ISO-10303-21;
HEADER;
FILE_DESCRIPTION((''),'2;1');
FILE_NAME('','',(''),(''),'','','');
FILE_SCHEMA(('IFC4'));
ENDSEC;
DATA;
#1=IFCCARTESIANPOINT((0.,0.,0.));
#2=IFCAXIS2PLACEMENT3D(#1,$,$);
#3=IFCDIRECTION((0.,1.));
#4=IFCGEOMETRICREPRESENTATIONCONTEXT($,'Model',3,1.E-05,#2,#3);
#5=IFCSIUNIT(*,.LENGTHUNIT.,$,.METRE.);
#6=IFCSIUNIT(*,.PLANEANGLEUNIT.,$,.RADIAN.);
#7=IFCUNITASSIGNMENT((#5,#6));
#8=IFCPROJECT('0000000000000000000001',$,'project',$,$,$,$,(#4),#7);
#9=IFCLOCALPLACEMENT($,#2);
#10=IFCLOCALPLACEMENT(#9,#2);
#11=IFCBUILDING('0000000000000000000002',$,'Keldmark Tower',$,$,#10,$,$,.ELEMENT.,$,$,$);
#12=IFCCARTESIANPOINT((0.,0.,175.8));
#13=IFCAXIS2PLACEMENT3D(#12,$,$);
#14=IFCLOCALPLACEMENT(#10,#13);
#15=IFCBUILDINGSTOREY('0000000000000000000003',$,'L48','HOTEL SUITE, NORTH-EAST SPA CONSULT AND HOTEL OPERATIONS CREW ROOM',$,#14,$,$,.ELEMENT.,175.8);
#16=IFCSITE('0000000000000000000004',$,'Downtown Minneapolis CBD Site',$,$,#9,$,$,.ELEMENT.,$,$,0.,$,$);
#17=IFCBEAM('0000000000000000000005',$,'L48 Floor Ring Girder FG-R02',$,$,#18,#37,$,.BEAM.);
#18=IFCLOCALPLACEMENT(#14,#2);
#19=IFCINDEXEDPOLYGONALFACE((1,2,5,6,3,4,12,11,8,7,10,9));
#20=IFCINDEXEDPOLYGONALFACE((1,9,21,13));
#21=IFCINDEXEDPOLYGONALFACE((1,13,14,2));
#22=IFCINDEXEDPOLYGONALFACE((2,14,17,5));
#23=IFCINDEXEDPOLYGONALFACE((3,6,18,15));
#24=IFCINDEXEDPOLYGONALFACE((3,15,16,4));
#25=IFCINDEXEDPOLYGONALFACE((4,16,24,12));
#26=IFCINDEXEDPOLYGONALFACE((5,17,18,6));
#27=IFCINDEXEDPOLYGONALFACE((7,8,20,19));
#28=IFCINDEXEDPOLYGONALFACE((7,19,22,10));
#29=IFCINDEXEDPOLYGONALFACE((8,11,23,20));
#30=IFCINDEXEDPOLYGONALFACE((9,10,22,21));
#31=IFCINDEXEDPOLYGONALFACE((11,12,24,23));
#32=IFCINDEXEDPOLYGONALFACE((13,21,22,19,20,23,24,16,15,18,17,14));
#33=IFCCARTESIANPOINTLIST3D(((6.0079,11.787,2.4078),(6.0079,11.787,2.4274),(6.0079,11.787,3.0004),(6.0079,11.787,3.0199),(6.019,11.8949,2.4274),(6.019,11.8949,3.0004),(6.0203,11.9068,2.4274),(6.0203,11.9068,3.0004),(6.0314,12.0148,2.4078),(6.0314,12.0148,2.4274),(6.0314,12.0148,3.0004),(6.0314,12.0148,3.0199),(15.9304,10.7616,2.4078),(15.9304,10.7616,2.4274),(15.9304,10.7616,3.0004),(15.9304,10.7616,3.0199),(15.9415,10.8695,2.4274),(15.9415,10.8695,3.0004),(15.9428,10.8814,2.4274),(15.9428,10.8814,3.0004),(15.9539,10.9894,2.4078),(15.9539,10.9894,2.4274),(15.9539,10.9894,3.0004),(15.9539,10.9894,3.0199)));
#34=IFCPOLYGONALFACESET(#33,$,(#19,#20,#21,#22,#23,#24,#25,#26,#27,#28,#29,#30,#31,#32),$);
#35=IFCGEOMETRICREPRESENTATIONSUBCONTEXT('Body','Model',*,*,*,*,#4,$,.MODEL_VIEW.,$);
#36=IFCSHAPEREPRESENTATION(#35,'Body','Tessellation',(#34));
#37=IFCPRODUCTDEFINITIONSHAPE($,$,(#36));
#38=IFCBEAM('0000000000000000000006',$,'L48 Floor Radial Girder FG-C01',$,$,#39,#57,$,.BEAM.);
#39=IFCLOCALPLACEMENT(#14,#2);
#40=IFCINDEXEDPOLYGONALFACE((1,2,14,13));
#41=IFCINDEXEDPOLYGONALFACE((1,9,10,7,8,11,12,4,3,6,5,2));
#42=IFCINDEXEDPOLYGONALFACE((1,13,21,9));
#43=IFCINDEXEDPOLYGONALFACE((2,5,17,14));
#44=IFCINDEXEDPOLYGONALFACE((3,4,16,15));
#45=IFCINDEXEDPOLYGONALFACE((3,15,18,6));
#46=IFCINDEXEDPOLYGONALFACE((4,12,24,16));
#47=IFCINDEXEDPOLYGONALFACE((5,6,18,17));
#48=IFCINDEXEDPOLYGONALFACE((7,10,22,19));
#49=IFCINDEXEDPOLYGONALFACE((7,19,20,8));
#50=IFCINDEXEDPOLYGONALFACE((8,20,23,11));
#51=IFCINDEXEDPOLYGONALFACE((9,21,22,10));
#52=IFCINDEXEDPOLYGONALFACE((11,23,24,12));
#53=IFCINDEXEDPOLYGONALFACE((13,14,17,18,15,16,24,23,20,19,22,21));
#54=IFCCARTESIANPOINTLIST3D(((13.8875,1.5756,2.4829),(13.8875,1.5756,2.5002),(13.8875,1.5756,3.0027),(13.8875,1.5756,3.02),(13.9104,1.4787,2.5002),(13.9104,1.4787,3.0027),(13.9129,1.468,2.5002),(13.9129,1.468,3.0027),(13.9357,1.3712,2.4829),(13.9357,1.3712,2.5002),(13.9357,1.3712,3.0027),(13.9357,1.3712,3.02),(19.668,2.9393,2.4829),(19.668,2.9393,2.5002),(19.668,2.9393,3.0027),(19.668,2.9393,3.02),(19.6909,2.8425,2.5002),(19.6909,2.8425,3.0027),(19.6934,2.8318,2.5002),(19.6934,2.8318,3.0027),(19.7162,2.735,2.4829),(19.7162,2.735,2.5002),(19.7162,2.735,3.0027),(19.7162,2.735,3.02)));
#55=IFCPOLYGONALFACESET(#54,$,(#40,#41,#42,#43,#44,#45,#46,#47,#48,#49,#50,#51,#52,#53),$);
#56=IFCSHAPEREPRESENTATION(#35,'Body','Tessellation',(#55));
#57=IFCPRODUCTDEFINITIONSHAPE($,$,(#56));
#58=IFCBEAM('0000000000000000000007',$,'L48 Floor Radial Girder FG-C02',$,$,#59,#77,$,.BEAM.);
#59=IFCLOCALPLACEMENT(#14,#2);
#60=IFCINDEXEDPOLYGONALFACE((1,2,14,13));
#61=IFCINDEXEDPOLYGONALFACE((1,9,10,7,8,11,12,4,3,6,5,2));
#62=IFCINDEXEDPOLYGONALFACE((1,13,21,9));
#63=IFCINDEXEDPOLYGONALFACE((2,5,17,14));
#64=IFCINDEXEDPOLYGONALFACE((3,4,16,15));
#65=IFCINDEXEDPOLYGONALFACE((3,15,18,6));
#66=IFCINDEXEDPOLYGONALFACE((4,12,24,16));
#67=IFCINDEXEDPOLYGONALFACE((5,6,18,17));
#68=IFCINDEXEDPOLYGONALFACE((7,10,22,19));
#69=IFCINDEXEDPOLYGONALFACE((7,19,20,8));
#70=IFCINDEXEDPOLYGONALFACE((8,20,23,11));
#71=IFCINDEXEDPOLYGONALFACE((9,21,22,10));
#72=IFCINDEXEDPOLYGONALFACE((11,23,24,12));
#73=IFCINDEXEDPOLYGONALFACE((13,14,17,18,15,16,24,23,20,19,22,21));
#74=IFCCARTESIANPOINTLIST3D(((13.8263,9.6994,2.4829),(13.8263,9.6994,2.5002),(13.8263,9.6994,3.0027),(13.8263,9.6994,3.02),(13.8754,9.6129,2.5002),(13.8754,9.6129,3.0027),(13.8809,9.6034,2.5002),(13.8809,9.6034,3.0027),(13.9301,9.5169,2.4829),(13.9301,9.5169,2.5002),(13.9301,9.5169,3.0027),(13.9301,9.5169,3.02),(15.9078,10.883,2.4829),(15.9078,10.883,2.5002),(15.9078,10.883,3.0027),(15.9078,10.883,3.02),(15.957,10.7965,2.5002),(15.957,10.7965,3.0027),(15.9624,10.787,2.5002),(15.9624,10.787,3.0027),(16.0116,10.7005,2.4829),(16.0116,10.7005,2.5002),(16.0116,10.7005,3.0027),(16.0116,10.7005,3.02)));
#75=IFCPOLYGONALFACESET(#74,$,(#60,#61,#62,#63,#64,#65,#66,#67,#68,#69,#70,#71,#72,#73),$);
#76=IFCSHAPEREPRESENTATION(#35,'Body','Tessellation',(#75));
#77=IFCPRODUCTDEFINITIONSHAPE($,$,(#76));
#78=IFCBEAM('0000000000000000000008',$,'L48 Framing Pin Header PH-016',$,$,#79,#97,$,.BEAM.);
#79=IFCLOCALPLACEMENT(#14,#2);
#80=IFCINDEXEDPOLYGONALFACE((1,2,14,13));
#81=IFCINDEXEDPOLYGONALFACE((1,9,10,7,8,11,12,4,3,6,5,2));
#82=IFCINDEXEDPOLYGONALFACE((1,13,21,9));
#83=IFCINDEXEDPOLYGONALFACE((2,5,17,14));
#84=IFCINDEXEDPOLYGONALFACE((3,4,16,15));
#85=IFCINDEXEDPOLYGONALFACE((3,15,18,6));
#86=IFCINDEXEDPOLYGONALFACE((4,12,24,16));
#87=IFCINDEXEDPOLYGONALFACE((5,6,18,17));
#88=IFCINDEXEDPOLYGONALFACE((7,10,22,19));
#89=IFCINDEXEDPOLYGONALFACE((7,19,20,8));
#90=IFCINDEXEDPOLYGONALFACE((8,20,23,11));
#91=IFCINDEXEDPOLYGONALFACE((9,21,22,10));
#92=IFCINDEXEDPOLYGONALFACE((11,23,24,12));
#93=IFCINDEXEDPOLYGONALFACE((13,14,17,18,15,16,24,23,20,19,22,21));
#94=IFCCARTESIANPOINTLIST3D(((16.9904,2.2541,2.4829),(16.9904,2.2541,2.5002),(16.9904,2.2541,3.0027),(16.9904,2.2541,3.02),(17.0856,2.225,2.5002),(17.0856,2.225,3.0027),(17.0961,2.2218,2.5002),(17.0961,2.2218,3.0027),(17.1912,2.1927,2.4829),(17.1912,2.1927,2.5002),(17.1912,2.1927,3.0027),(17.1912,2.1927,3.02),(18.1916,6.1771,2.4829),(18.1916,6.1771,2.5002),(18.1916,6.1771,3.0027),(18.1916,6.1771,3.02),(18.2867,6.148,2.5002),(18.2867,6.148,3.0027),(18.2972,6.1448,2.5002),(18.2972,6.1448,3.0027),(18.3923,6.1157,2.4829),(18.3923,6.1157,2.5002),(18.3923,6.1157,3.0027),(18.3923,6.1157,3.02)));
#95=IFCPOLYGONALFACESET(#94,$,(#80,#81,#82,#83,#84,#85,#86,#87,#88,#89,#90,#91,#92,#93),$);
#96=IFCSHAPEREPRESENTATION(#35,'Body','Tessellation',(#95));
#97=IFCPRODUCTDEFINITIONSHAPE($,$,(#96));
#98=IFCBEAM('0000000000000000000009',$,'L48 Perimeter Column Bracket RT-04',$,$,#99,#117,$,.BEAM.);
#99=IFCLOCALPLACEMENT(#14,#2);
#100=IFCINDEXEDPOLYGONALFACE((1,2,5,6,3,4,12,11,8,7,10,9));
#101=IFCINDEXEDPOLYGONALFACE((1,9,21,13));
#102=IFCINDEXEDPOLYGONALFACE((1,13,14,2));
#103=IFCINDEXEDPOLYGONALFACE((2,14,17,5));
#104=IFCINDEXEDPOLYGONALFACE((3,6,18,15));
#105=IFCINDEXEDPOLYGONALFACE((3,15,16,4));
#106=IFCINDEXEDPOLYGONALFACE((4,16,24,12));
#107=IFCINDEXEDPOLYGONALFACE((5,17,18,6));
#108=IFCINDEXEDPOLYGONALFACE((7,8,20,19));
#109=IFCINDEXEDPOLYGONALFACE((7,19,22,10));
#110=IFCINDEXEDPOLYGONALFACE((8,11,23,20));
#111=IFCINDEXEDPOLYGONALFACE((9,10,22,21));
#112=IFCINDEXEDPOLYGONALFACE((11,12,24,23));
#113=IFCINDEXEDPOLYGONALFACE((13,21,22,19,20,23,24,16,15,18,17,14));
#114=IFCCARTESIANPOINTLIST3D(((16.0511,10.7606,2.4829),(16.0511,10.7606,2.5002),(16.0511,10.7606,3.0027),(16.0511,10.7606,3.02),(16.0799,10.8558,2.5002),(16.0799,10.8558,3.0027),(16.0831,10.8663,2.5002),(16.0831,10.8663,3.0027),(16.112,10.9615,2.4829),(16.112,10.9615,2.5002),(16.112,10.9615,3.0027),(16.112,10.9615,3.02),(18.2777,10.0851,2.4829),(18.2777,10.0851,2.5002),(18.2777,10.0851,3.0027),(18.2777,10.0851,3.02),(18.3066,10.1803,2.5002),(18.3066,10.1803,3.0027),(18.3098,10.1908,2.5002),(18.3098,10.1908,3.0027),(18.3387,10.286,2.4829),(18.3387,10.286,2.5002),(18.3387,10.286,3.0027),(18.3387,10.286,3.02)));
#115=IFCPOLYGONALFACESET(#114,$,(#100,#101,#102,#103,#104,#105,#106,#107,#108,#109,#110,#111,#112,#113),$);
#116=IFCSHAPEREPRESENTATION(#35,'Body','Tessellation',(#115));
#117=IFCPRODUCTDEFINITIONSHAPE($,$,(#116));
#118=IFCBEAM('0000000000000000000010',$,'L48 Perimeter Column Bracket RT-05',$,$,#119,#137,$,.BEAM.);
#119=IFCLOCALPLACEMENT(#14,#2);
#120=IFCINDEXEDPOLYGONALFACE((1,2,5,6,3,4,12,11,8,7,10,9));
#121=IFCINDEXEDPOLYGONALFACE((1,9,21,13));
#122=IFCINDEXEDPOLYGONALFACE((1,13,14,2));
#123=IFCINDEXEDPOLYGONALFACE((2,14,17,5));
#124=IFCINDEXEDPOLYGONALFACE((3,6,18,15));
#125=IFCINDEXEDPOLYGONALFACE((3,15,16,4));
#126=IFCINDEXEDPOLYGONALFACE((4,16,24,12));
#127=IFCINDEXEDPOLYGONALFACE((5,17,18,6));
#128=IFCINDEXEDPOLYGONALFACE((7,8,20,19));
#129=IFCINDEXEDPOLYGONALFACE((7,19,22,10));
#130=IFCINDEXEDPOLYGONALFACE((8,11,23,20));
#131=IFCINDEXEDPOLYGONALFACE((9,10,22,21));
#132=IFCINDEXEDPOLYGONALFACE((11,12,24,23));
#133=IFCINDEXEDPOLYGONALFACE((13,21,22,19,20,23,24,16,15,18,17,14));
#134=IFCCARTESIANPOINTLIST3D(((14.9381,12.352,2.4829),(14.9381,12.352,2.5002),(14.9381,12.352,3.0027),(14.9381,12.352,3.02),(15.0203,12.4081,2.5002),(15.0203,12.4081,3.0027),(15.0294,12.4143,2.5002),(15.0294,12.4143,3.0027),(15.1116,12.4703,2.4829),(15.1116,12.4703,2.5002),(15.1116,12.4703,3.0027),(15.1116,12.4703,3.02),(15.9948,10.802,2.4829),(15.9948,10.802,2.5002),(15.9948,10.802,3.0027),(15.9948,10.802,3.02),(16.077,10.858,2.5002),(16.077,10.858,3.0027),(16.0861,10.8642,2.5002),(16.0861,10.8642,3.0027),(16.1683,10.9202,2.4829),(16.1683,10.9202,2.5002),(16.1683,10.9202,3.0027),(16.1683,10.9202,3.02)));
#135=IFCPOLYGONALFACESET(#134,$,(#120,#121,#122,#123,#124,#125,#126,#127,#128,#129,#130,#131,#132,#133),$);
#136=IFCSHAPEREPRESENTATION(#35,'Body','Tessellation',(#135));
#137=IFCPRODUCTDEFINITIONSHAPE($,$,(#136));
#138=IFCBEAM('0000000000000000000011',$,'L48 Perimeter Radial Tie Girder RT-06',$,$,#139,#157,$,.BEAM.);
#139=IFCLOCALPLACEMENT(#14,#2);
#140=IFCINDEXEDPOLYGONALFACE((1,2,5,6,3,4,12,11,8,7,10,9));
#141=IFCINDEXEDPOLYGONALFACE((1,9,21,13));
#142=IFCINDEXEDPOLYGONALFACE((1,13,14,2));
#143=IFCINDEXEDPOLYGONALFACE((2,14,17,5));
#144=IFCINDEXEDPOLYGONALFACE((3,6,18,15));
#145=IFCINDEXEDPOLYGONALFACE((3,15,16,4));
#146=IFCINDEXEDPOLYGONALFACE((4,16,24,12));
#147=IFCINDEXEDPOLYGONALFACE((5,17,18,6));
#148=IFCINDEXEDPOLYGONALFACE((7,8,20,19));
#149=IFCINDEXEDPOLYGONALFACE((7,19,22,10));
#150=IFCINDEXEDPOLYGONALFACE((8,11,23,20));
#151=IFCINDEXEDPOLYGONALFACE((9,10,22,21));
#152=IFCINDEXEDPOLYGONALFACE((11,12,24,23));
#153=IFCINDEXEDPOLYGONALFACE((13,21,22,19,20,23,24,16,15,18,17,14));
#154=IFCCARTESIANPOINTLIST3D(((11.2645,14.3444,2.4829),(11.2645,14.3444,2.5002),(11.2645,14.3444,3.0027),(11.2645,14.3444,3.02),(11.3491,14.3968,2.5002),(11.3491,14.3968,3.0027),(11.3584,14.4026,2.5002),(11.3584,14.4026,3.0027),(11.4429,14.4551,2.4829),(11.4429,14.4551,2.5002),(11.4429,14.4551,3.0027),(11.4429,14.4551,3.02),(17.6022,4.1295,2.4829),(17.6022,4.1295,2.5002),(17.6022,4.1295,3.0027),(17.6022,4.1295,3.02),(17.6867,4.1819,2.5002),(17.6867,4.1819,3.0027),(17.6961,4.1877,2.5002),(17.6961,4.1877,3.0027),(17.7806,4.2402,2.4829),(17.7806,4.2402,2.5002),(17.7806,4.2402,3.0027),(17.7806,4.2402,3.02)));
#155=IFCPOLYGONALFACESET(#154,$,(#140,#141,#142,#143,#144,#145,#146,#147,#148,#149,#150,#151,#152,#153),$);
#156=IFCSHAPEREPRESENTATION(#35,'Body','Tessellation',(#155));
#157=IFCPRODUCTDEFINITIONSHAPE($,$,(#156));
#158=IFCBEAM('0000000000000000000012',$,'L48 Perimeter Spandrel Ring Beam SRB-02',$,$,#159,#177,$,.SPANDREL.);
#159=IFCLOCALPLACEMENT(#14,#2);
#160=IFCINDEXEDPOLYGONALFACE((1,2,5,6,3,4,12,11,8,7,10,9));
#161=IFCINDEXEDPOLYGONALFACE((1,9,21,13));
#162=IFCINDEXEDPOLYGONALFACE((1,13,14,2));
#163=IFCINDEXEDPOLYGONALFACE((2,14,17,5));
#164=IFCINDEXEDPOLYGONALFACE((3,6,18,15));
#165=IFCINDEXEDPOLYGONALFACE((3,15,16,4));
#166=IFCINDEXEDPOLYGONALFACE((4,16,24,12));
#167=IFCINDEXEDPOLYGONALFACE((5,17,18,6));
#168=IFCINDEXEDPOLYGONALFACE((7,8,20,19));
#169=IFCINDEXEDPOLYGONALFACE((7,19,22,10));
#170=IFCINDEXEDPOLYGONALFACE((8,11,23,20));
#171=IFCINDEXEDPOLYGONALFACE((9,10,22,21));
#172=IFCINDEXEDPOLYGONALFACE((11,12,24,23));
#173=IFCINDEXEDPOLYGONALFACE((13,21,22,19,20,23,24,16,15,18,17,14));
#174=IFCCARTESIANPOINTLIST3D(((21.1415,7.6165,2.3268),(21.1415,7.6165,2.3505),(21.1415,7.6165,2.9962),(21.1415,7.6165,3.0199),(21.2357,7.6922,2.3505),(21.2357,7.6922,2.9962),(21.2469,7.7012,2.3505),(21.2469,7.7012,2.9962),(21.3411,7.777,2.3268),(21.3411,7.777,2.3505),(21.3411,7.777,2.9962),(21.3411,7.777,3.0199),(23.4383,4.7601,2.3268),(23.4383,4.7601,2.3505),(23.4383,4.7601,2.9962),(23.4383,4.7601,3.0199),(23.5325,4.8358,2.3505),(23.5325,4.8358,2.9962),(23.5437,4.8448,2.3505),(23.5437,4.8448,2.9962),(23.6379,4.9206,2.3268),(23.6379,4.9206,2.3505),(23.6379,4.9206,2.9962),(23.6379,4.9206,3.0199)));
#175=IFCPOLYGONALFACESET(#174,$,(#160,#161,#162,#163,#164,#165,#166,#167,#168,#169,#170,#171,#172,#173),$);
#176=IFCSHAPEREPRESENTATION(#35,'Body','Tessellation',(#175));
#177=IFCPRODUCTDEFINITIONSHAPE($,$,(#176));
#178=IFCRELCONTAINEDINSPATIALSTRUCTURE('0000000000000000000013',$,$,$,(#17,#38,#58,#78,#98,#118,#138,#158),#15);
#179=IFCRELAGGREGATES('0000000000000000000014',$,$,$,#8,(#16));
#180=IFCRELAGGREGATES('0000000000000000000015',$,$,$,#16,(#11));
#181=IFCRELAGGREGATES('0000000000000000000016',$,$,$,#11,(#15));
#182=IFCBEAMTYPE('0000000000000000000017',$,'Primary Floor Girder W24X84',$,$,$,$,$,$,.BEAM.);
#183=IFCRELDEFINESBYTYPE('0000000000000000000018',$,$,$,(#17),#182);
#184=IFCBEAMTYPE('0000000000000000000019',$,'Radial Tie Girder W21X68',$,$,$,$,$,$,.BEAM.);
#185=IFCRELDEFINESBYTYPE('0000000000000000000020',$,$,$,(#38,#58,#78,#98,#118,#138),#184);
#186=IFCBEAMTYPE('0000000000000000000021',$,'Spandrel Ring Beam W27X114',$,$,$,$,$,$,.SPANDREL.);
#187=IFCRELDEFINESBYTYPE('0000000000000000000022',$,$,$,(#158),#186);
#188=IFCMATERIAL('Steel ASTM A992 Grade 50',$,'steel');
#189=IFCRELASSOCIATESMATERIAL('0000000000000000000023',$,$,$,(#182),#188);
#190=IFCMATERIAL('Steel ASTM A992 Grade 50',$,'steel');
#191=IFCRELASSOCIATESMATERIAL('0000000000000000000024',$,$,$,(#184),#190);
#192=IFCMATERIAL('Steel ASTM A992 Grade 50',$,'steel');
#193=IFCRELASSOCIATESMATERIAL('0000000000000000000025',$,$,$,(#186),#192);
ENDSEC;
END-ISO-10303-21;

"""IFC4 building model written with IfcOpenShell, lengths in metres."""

from ifc_helpers import new_model, si_unit, direction, frame, origin, origin_2d, place, context, subcontext, project, spatial, i_section, extrude, material, material_profile, profile_set, type_object, element, save


model = new_model("IFC4")

# Units and contexts
model_context = context("Model", 3, precision=1e-05, world=origin(), true_north=direction((0.0, 1.0)))
body_context = subcontext(model_context, "Body", "Model", "MODEL_VIEW")
ifc_project = project(units=[si_unit("LENGTHUNIT", "METRE"), si_unit("PLANEANGLEUNIT", "RADIAN")], contexts=[model_context])

# Site, building, storey
site_placement = place(None, origin())
site = spatial("IfcSite", under=ifc_project, at=site_placement, Name="Downtown Minneapolis CBD Site", CompositionType="ELEMENT", RefElevation=0.0)
building_placement = place(site_placement, origin())
building = spatial("IfcBuilding", under=site, at=building_placement, Name="Keldmark Tower", CompositionType="ELEMENT")
storey_placement = place(building_placement, frame((0.0, 0.0, 175.8)))
storey = spatial("IfcBuildingStorey", under=building, at=storey_placement, Name="L48", Description="HOTEL SUITE, NORTH-EAST SPA CONSULT AND HOTEL OPERATIONS CREW ROOM", CompositionType="ELEMENT", Elevation=175.8)

# Beams
ifc_material_1 = material(Name="Steel ASTM A992 Grade 50", Category="steel")
ifc_material_profile_1 = material_profile(ifc_material_1, i_section(OverallWidth=0.229, OverallDepth=0.6121, WebThickness=0.012, FlangeThickness=0.0195, at=origin_2d()), Name="W24X84")
ifc_profile_set_1 = profile_set([ifc_material_profile_1], Name="Steel ASTM A992 Grade 50")
beam_type_1 = type_object("IfcBeamType", Name="Primary Floor Girder W24X84", PredefinedType="BEAM", material=ifc_profile_set_1)
beam_1_placement = place(storey_placement, frame((15.9421, 10.8755, 2.7139), z_axis=(-0.994703, 0.102791, 0.0), x_axis=(-0.102791, -0.994703, 0.0)))
element("IfcBeam", 1, at=beam_1_placement, inside=storey, type_object=beam_type_1, Name="L48 Floor Ring Girder FG-R02", PredefinedType="BEAM", context=body_context, shape_type="SweptSolid", body=[
    extrude(i_section(OverallWidth=0.229, OverallDepth=0.6121, WebThickness=0.012, FlangeThickness=0.0195, at=origin_2d()), origin(), (0.0, 0.0, 1.0), 9.9753),
])
ifc_material_2 = material(Name="Steel ASTM A992 Grade 50", Category="steel")
ifc_material_profile_2 = material_profile(ifc_material_2, i_section(OverallWidth=0.21, OverallDepth=0.5371, WebThickness=0.011, FlangeThickness=0.0173, at=origin_2d()), Name="W21X68")
ifc_profile_set_2 = profile_set([ifc_material_profile_2], Name="Steel ASTM A992 Grade 50")
beam_type_2 = type_object("IfcBeamType", Name="Radial Tie Girder W21X68", PredefinedType="BEAM", material=ifc_profile_set_2)
beam_2_placement = place(storey_placement, frame((19.6921, 2.8372, 2.7515), z_axis=(-0.97328, -0.229621, 0.0), x_axis=(0.229621, -0.97328, 0.0)))
element("IfcBeam", 2, at=beam_2_placement, inside=storey, type_object=beam_type_2, Name="L48 Floor Radial Girder FG-C01", PredefinedType="BEAM", context=body_context, shape_type="SweptSolid", body=[
    extrude(i_section(OverallWidth=0.21, OverallDepth=0.5371, WebThickness=0.011, FlangeThickness=0.0173, at=origin_2d()), origin(), (0.0, 0.0, 1.0), 5.9392),
])
beam_3_placement = place(storey_placement, frame((15.9597, 10.7917, 2.7515), z_axis=(-0.869295, -0.494293, 0.0), x_axis=(0.494293, -0.869295, 0.0)))
element("IfcBeam", 3, at=beam_3_placement, inside=storey, type_object=beam_type_2, Name="L48 Floor Radial Girder FG-C02", PredefinedType="BEAM", context=body_context, shape_type="SweptSolid", body=[
    extrude(i_section(OverallWidth=0.21, OverallDepth=0.5371, WebThickness=0.011, FlangeThickness=0.0173, at=origin_2d()), origin(), (0.0, 0.0, 1.0), 2.3945),
])
beam_4_placement = place(storey_placement, frame((17.0908, 2.2234, 2.7515), z_axis=(0.292764, 0.956185, 0.0), x_axis=(-0.956185, 0.292764, 0.0)))
element("IfcBeam", 4, at=beam_4_placement, inside=storey, type_object=beam_type_2, Name="L48 Framing Pin Header PH-016", PredefinedType="BEAM", context=body_context, shape_type="SweptSolid", body=[
    extrude(i_section(OverallWidth=0.21, OverallDepth=0.5371, WebThickness=0.011, FlangeThickness=0.0173, at=origin_2d()), origin(), (0.0, 0.0, 1.0), 4.1028),
])
beam_5_placement = place(storey_placement, frame((16.0815, 10.8611, 2.7515), z_axis=(0.956926, -0.290331, 0.0), x_axis=(0.290331, 0.956926, 0.0)))
element("IfcBeam", 5, at=beam_5_placement, inside=storey, type_object=beam_type_2, Name="L48 Perimeter Column Bracket RT-04", PredefinedType="BEAM", context=body_context, shape_type="SweptSolid", body=[
    extrude(i_section(OverallWidth=0.21, OverallDepth=0.5371, WebThickness=0.011, FlangeThickness=0.0173, at=origin_2d()), origin(), (0.0, 0.0, 1.0), 2.3269),
])
beam_6_placement = place(storey_placement, frame((16.0815, 10.8611, 2.7515), z_axis=(-0.56326, 0.82628, 0.0), x_axis=(-0.82628, -0.56326, 0.0)))
element("IfcBeam", 6, at=beam_6_placement, inside=storey, type_object=beam_type_2, Name="L48 Perimeter Column Bracket RT-05", PredefinedType="BEAM", context=body_context, shape_type="SweptSolid", body=[
    extrude(i_section(OverallWidth=0.21, OverallDepth=0.5371, WebThickness=0.011, FlangeThickness=0.0173, at=origin_2d()), origin(), (0.0, 0.0, 1.0), 1.876),
])
beam_7_placement = place(storey_placement, frame((17.6914, 4.1848, 2.7515), z_axis=(-0.527207, 0.849737, 0.0), x_axis=(-0.849737, -0.527207, 0.0)))
element("IfcBeam", 7, at=beam_7_placement, inside=storey, type_object=beam_type_2, Name="L48 Perimeter Radial Tie Girder RT-06", PredefinedType="BEAM", context=body_context, shape_type="SweptSolid", body=[
    extrude(i_section(OverallWidth=0.21, OverallDepth=0.5371, WebThickness=0.011, FlangeThickness=0.0173, at=origin_2d()), origin(), (0.0, 0.0, 1.0), 12.0212),
])
ifc_material_3 = material(Name="Steel ASTM A992 Grade 50", Category="steel")
ifc_material_profile_3 = material_profile(ifc_material_3, i_section(OverallWidth=0.2561, OverallDepth=0.6931, WebThickness=0.0144, FlangeThickness=0.0237, at=origin_2d()), Name="W27X114")
ifc_profile_set_3 = profile_set([ifc_material_profile_3], Name="Steel ASTM A992 Grade 50")
beam_type_3 = type_object("IfcBeamType", Name="Spandrel Ring Beam W27X114", PredefinedType="SPANDREL", material=ifc_profile_set_3)
beam_8_placement = place(storey_placement, frame((23.5381, 4.8403, 2.6733), z_axis=(-0.626643, 0.779307, 0.0), x_axis=(-0.779307, -0.626643, 0.0)))
element("IfcBeam", 8, at=beam_8_placement, inside=storey, type_object=beam_type_3, Name="L48 Perimeter Spandrel Ring Beam SRB-02", PredefinedType="SPANDREL", context=body_context, shape_type="SweptSolid", body=[
    extrude(i_section(OverallWidth=0.2561, OverallDepth=0.6931, WebThickness=0.0144, FlangeThickness=0.0237, at=origin_2d()), origin(), (0.0, 0.0, 1.0), 3.6653),
])

save(model, "model.ifc")
